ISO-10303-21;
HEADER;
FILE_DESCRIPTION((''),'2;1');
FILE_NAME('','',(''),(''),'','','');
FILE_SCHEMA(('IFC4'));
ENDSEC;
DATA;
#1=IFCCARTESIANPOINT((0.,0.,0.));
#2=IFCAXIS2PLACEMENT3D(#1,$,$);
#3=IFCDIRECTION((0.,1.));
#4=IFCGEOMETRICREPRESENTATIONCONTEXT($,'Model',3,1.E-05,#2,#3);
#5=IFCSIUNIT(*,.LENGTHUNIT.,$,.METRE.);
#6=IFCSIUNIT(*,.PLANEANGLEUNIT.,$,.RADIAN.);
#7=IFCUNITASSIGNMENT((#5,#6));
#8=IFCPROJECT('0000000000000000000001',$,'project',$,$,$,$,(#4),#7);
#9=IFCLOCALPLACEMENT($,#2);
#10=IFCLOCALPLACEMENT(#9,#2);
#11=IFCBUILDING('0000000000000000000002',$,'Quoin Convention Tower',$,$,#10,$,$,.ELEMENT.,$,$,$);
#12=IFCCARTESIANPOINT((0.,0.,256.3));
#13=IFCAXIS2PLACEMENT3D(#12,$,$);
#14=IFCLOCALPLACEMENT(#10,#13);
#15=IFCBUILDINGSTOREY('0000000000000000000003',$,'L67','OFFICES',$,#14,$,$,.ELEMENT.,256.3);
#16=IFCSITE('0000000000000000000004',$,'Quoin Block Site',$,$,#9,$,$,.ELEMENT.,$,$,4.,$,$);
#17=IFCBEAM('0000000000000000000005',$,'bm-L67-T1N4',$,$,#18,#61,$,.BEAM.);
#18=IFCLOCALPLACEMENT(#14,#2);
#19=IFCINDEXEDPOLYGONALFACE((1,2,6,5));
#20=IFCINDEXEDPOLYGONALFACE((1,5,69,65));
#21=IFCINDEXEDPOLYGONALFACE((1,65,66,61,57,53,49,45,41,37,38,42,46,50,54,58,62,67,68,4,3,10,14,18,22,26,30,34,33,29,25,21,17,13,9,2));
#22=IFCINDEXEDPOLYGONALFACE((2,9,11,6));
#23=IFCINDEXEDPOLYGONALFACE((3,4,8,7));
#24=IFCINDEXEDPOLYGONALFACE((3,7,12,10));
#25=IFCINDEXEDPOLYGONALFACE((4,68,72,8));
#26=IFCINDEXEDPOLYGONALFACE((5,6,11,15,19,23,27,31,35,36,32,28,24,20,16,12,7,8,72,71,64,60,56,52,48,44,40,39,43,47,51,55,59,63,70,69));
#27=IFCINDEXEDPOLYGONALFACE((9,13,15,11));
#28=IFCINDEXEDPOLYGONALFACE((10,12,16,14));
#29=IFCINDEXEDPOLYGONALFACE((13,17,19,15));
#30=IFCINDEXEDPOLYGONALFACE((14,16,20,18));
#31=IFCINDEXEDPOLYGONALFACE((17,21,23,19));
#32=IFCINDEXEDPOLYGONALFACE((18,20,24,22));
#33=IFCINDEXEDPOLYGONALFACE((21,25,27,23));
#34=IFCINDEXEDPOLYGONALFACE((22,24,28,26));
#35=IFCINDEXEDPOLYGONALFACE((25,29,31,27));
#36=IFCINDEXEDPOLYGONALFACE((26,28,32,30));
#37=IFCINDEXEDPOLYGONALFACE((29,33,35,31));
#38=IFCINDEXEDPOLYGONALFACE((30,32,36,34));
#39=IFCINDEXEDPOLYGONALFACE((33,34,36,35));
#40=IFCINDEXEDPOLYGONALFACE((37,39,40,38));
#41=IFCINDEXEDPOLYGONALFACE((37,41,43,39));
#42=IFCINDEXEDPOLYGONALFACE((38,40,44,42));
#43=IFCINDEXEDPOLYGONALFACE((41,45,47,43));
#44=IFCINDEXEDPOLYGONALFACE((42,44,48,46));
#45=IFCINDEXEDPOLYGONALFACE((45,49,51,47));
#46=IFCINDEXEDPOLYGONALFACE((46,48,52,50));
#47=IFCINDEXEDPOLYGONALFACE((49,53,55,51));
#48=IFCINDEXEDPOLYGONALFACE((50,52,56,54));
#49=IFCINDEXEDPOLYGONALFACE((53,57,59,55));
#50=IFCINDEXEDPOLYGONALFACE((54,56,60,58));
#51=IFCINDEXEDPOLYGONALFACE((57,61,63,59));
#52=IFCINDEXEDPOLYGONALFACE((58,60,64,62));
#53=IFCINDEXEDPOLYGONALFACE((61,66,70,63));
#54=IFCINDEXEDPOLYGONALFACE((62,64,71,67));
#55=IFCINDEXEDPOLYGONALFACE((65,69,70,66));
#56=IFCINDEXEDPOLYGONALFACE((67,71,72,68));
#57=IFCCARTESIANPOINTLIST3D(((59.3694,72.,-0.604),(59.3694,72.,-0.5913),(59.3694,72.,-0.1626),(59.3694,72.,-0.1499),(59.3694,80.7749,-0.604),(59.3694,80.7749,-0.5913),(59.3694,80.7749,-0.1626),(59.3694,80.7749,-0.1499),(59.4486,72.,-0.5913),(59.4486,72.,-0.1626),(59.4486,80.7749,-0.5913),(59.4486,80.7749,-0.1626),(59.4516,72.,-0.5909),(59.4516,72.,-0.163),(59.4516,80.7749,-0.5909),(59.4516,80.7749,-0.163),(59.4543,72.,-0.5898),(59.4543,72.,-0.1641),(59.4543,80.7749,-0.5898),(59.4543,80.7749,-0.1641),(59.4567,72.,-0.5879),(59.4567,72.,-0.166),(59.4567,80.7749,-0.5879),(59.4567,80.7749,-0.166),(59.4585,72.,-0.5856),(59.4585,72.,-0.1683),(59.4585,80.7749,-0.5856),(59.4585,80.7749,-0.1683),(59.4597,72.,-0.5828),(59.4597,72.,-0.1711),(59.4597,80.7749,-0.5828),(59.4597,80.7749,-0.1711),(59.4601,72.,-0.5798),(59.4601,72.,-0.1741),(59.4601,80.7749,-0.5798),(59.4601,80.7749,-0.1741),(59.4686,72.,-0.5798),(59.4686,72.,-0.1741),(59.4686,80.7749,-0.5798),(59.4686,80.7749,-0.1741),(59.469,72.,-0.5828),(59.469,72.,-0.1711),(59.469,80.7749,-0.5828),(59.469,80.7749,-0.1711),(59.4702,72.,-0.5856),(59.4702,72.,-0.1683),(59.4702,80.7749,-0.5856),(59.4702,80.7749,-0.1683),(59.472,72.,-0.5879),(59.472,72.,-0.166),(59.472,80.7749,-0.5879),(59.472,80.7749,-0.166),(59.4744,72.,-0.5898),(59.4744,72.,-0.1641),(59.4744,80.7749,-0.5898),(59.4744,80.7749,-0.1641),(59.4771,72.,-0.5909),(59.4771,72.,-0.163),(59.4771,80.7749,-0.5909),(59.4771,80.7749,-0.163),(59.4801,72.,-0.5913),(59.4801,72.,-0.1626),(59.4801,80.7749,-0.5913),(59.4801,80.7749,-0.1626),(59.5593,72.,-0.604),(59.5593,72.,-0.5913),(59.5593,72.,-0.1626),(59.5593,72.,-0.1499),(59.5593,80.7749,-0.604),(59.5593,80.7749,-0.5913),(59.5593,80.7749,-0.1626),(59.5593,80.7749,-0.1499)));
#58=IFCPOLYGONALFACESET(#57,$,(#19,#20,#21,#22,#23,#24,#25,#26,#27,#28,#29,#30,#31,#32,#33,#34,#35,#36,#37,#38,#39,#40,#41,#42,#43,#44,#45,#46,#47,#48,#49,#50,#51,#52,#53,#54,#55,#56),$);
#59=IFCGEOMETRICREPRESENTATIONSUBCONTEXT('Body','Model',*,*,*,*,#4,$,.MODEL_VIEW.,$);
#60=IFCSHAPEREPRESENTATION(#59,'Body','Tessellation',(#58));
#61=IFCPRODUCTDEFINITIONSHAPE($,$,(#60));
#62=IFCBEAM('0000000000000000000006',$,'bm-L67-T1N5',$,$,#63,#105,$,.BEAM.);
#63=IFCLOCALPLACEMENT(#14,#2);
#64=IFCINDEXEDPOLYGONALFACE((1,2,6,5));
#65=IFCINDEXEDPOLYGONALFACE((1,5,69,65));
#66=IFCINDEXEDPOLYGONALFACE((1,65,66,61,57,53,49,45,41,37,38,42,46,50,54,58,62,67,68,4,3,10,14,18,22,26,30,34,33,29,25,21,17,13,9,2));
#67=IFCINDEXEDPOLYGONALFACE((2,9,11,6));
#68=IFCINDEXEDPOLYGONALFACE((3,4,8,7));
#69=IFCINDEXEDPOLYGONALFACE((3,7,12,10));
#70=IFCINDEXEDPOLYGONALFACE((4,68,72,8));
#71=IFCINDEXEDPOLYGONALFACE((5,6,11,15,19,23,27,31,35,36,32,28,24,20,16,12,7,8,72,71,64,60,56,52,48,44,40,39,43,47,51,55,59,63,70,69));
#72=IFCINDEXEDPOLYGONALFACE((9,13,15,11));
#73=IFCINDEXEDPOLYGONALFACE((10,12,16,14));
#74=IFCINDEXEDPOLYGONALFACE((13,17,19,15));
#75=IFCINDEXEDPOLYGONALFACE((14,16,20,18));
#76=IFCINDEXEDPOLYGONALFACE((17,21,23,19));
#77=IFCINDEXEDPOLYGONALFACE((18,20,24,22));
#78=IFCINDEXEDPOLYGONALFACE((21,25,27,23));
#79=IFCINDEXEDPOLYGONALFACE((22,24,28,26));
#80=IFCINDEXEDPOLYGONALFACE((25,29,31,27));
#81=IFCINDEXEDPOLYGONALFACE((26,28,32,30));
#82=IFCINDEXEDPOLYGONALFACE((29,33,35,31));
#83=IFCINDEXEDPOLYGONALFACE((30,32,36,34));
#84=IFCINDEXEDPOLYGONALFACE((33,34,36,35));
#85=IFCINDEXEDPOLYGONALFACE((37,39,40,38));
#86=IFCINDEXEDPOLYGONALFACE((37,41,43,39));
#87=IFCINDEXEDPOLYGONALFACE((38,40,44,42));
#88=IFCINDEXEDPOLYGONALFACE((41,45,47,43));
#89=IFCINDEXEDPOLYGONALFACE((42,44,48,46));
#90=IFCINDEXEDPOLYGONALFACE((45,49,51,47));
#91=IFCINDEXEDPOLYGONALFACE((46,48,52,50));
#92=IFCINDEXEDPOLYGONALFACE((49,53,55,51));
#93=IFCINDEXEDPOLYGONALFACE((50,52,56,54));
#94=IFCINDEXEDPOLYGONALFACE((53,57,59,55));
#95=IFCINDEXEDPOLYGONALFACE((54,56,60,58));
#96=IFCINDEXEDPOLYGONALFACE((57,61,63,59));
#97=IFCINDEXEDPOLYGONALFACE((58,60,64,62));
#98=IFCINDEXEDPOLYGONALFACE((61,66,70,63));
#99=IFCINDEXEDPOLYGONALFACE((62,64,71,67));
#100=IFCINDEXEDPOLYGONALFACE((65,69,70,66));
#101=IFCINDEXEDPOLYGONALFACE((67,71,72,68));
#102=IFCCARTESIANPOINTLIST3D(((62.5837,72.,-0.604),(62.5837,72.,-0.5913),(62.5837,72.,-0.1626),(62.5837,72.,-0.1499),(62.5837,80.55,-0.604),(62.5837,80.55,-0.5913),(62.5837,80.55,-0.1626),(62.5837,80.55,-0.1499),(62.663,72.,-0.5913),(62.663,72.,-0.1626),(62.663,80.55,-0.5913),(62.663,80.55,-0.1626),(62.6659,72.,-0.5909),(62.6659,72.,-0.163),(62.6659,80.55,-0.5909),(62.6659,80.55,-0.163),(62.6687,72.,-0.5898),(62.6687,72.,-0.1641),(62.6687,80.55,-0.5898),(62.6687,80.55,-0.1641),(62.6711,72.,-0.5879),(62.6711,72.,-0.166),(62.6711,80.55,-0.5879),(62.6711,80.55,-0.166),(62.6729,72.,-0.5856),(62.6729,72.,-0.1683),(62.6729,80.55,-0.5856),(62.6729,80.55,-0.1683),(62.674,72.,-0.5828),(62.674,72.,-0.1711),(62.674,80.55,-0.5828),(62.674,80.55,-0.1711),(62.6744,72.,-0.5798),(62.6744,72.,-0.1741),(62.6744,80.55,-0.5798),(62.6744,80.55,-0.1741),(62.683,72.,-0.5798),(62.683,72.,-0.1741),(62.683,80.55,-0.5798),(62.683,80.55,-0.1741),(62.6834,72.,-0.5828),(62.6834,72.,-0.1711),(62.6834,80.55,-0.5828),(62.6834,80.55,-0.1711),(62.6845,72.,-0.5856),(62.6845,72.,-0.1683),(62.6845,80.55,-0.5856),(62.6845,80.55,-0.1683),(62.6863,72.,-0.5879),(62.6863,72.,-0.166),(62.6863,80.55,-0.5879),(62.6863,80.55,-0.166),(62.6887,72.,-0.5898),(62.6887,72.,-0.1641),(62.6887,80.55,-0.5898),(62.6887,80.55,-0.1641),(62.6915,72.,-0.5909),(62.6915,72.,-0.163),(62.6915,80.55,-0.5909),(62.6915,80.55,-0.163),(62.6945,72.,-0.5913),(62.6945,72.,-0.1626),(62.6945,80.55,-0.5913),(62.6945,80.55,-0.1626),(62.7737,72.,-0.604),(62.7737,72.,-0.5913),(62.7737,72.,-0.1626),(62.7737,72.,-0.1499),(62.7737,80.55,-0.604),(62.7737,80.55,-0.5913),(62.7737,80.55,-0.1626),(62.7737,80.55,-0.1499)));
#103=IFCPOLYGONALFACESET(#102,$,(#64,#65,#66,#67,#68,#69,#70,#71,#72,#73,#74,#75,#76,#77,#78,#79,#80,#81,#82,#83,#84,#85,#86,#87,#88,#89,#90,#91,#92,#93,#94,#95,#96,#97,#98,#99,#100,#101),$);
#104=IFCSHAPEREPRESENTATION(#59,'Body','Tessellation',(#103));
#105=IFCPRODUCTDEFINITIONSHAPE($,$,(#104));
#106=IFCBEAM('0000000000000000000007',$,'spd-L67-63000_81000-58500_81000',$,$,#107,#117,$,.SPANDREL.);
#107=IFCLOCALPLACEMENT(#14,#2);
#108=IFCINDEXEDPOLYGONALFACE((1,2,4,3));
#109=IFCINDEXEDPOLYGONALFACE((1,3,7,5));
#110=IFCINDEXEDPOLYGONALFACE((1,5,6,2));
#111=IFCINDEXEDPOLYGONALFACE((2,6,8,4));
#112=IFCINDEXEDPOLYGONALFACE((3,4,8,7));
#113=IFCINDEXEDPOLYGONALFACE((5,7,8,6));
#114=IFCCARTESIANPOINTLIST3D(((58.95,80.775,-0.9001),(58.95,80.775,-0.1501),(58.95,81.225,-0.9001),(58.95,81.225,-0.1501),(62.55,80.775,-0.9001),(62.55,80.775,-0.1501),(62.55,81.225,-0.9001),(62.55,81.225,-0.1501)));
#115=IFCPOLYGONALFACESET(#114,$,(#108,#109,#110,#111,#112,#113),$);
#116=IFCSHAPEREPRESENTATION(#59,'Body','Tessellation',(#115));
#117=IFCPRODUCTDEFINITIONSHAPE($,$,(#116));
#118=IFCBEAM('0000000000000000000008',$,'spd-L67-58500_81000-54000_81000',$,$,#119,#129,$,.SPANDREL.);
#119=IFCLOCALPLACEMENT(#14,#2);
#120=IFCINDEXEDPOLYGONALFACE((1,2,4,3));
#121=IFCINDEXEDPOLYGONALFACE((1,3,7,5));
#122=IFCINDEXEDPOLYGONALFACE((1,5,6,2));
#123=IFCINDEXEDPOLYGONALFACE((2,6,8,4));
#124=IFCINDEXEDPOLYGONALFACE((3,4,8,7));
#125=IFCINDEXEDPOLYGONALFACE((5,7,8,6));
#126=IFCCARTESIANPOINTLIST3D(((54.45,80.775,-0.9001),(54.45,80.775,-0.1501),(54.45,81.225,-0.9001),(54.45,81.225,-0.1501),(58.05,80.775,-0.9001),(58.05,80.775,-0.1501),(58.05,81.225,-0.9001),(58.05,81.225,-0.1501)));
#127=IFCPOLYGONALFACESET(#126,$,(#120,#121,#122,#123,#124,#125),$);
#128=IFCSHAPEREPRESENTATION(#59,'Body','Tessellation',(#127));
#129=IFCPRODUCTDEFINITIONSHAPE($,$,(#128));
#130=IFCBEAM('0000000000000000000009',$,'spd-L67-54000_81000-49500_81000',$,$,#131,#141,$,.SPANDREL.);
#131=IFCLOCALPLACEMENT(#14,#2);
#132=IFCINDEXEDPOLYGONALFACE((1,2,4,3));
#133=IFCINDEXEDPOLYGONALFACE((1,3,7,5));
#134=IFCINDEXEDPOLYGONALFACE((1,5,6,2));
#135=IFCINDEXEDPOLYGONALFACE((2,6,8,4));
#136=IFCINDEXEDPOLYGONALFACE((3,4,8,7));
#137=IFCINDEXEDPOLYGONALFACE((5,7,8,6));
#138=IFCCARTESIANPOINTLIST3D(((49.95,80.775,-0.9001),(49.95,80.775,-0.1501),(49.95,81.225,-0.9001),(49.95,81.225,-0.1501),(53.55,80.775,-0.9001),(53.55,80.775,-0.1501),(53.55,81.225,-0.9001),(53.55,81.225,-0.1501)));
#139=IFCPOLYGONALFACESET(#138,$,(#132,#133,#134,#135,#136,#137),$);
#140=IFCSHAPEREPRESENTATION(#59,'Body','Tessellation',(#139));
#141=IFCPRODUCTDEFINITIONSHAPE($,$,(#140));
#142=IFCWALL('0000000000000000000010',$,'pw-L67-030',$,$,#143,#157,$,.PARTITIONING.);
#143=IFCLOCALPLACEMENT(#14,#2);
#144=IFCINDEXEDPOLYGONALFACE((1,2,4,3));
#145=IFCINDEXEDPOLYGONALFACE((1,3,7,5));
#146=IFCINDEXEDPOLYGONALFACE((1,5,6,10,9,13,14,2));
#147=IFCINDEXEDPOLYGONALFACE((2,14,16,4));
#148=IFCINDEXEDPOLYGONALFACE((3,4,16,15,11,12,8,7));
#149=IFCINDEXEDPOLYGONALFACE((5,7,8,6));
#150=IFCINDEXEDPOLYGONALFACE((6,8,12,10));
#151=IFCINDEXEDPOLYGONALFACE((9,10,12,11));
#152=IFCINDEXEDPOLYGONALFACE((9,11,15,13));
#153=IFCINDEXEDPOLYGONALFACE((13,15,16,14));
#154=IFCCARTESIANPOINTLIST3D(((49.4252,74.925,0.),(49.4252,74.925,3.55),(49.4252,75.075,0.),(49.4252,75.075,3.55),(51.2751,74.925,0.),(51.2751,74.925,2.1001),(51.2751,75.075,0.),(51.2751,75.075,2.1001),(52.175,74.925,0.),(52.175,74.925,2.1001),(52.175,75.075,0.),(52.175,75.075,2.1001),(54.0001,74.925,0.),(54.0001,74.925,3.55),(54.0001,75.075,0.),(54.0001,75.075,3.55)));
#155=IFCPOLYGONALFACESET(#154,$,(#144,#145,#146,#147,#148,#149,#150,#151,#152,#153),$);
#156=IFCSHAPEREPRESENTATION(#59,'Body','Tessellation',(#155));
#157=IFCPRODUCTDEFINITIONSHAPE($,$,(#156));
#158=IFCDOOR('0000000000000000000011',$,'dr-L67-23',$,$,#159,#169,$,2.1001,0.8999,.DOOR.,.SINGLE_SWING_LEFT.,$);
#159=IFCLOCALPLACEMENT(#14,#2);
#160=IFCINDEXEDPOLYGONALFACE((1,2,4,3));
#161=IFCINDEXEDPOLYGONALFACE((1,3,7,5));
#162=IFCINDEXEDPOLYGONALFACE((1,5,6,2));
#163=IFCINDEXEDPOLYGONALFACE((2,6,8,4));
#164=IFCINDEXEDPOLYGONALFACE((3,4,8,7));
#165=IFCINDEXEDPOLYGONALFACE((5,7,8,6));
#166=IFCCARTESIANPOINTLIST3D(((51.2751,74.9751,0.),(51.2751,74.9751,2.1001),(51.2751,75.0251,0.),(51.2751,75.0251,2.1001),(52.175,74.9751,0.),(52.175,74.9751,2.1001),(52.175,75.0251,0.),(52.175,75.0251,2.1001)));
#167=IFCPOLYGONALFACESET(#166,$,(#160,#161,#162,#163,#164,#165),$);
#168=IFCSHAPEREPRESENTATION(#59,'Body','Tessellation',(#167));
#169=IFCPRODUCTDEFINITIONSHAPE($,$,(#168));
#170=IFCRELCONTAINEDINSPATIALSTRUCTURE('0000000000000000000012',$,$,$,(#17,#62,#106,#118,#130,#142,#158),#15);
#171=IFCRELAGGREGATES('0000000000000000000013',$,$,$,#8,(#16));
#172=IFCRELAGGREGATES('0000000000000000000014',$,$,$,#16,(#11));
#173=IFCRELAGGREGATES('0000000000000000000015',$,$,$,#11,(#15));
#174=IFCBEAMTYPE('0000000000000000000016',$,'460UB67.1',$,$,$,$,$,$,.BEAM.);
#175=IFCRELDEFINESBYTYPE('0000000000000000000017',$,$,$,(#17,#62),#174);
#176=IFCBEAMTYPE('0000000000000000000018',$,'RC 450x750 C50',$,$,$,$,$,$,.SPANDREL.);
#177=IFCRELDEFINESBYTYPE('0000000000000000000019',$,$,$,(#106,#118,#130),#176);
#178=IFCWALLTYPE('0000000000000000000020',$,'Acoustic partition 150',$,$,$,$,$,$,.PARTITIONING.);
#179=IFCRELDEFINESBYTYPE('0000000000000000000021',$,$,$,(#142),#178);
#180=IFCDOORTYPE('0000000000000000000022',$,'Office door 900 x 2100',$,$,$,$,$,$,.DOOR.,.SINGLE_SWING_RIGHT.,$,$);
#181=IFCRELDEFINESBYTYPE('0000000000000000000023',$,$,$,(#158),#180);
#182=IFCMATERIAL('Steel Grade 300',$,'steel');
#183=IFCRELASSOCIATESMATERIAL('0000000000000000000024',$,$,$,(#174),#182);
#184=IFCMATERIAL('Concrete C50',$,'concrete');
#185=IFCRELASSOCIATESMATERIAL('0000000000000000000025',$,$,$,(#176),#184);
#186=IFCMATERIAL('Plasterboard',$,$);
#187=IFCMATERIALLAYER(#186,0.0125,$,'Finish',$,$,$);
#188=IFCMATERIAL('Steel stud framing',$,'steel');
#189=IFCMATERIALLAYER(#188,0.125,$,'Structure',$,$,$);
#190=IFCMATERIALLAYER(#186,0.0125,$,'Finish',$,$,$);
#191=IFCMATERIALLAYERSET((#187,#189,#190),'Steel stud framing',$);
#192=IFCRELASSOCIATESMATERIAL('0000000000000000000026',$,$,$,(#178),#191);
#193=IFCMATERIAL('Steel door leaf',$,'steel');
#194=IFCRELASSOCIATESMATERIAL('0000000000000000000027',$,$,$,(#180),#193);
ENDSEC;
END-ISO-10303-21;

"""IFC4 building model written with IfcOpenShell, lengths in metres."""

from ifc_helpers import new_model, si_unit, direction, frame, frame_2d, origin, origin_2d, place, context, subcontext, project, spatial, rectangle, i_section, extrude, material, layer, layer_set, material_profile, profile_set, type_object, element, fill, save


model = new_model("IFC4")

# Units and contexts
model_context = context("Model", 3, precision=1e-05, world=origin(), true_north=direction((0.0, 1.0)))
body_context = subcontext(model_context, "Body", "Model", "MODEL_VIEW")
ifc_project = project(units=[si_unit("LENGTHUNIT", "METRE"), si_unit("PLANEANGLEUNIT", "RADIAN")], contexts=[model_context])

# Site, building, storey
site_placement = place(None, origin())
site = spatial("IfcSite", under=ifc_project, at=site_placement, Name="Quoin Block Site", CompositionType="ELEMENT", RefElevation=4.0)
building_placement = place(site_placement, origin())
building = spatial("IfcBuilding", under=site, at=building_placement, Name="Quoin Convention Tower", CompositionType="ELEMENT")
storey_placement = place(building_placement, frame((0.0, 0.0, 256.3)))
storey = spatial("IfcBuildingStorey", under=building, at=storey_placement, Name="L67", Description="OFFICES", CompositionType="ELEMENT", Elevation=256.3)

# Shared definitions
ifc_material_1 = material(Name="Concrete C50", Category="concrete")

# Beams
ifc_material_2 = material(Name="Steel Grade 300", Category="steel")
ifc_material_profile_1 = material_profile(ifc_material_2, i_section(OverallWidth=0.1899, OverallDepth=0.4541, WebThickness=0.0085, FlangeThickness=0.0127, FilletRadius=0.0115, at=origin_2d()), Name="460UB67.1")
ifc_profile_set_1 = profile_set([ifc_material_profile_1], Name="Steel Grade 300")
beam_type_1 = type_object("IfcBeamType", Name="460UB67.1", PredefinedType="BEAM", material=ifc_profile_set_1)
for number, where, z_axis, x_axis, name in (
    (1, (59.4644, 72.0, -0.377), (0.0, 1.0, 0.0), (-1.0, 0.0, 0.0), "bm-L67-T1N4"),
):
    element("IfcBeam", number, at=place(storey_placement, frame(where, z_axis=z_axis, x_axis=x_axis)), inside=storey, type_object=beam_type_1, Name=name, PredefinedType="BEAM", context=body_context, shape_type="SweptSolid", body=[
        extrude(i_section(OverallWidth=0.1899, OverallDepth=0.4541, WebThickness=0.0085, FlangeThickness=0.0127, FilletRadius=0.0115, at=origin_2d()), origin(), (0.0, 0.0, 1.0), 8.7749),
    ])
beam_1_placement = place(storey_placement, frame((62.6787, 72.0, -0.377), z_axis=(0.0, 1.0, 0.0), x_axis=(-1.0, 0.0, 0.0)))
element("IfcBeam", 2, at=beam_1_placement, inside=storey, type_object=beam_type_1, Name="bm-L67-T1N5", PredefinedType="BEAM", context=body_context, shape_type="SweptSolid", body=[
    extrude(i_section(OverallWidth=0.1899, OverallDepth=0.4541, WebThickness=0.0085, FlangeThickness=0.0127, FilletRadius=0.0115, at=origin_2d()), origin(), (0.0, 0.0, 1.0), 8.55),
])
ifc_material_profile_2 = material_profile(ifc_material_1, rectangle(XDim=0.45, YDim=0.75, at=origin_2d()), Name="RC 450x750")
ifc_profile_set_2 = profile_set([ifc_material_profile_2], Name="Concrete C50")
beam_type_2 = type_object("IfcBeamType", Name="RC 450x750 C50", PredefinedType="SPANDREL", material=ifc_profile_set_2)
for number, where, z_axis, x_axis, name in (
    (3, (62.55, 81.0, -0.5251), (-1.0, 0.0, 0.0), (0.0, -1.0, 0.0), "spd-L67-63000_81000-58500_81000"),
    (4, (58.05, 81.0, -0.5251), (-1.0, 0.0, 0.0), (0.0, -1.0, 0.0), "spd-L67-58500_81000-54000_81000"),
    (5, (53.55, 81.0, -0.5251), (-1.0, 0.0, 0.0), (0.0, -1.0, 0.0), "spd-L67-54000_81000-49500_81000"),
):
    element("IfcBeam", number, at=place(storey_placement, frame(where, z_axis=z_axis, x_axis=x_axis)), inside=storey, type_object=beam_type_2, Name=name, PredefinedType="SPANDREL", context=body_context, shape_type="SweptSolid", body=[
        extrude(rectangle(XDim=0.45, YDim=0.75, at=origin_2d()), origin(), (0.0, 0.0, 1.0), 3.6001),
    ])

# Wall, opening, door
ifc_material_3 = material(Name="Plasterboard")
ifc_layer_1 = layer(ifc_material_3, 0.0125, Name="Finish")
ifc_material_4 = material(Name="Steel stud framing", Category="steel")
ifc_layer_2 = layer(ifc_material_4, 0.125, Name="Structure")
ifc_layer_3 = layer(ifc_material_3, 0.0125, Name="Finish")
ifc_layer_set_1 = layer_set([ifc_layer_1, ifc_layer_2, ifc_layer_3], Name="Steel stud framing")
wall_type_1 = type_object("IfcWallType", Name="Acoustic partition 150", PredefinedType="PARTITIONING", material=ifc_layer_set_1)
wall_1_placement = place(storey_placement, frame((49.425, 75.0, 0.0), z_axis=(0.0, 0.0, 1.0), x_axis=(1.0, 0.0, 0.0)))
wall_1 = element("IfcWall", 6, at=wall_1_placement, inside=storey, type_object=wall_type_1, Name="pw-L67-030", PredefinedType="PARTITIONING", context=body_context, shape_type="SweptSolid", body=[
    extrude(rectangle(XDim=4.575, YDim=0.1499, at=frame_2d((2.2876, 0.0))), origin(), (0.0, 0.0, 1.0), 3.55),
])
opening_1_placement = place(wall_1_placement, frame((1.8501, 0.0, 0.0)))
opening_1 = element("IfcOpeningElement", 7, at=opening_1_placement, cuts=wall_1, PredefinedType="OPENING", context=body_context, shape_type="SweptSolid", body=[
    extrude(rectangle(XDim=0.8999, YDim=2.1001, at=frame_2d((0.45, 1.05))), frame((0.0, 0.085, 0.0), z_axis=(0.0, -1.0, 0.0), x_axis=(1.0, 0.0, 0.0)), (0.0, 0.0, 1.0), 0.1699),
])
ifc_material_5 = material(Name="Steel door leaf", Category="steel")
door_type = type_object("IfcDoorType", Name="Office door 900 x 2100", OperationType="SINGLE_SWING_RIGHT", PredefinedType="DOOR", material=ifc_material_5)
door_1_placement = place(opening_1_placement, frame((0.8999, 0.0, 0.0), z_axis=(0.0, 0.0, 1.0), x_axis=(-1.0, 0.0, 0.0)))
door_1 = element("IfcDoor", 8, at=door_1_placement, inside=storey, type_object=door_type, Name="dr-L67-23", OperationType="SINGLE_SWING_LEFT", OverallHeight=2.1001, OverallWidth=0.8999, PredefinedType="DOOR", context=body_context, shape_type="SweptSolid", body=[
    extrude(rectangle(XDim=0.8999, YDim=2.1001, at=frame_2d((0.45, 1.05))), frame((0.0, 0.0249, 0.0), z_axis=(0.0, -1.0, 0.0), x_axis=(1.0, 0.0, 0.0)), (0.0, 0.0, 1.0), 0.05),
])
fill(opening_1, door_1)

save(model, "model.ifc")
